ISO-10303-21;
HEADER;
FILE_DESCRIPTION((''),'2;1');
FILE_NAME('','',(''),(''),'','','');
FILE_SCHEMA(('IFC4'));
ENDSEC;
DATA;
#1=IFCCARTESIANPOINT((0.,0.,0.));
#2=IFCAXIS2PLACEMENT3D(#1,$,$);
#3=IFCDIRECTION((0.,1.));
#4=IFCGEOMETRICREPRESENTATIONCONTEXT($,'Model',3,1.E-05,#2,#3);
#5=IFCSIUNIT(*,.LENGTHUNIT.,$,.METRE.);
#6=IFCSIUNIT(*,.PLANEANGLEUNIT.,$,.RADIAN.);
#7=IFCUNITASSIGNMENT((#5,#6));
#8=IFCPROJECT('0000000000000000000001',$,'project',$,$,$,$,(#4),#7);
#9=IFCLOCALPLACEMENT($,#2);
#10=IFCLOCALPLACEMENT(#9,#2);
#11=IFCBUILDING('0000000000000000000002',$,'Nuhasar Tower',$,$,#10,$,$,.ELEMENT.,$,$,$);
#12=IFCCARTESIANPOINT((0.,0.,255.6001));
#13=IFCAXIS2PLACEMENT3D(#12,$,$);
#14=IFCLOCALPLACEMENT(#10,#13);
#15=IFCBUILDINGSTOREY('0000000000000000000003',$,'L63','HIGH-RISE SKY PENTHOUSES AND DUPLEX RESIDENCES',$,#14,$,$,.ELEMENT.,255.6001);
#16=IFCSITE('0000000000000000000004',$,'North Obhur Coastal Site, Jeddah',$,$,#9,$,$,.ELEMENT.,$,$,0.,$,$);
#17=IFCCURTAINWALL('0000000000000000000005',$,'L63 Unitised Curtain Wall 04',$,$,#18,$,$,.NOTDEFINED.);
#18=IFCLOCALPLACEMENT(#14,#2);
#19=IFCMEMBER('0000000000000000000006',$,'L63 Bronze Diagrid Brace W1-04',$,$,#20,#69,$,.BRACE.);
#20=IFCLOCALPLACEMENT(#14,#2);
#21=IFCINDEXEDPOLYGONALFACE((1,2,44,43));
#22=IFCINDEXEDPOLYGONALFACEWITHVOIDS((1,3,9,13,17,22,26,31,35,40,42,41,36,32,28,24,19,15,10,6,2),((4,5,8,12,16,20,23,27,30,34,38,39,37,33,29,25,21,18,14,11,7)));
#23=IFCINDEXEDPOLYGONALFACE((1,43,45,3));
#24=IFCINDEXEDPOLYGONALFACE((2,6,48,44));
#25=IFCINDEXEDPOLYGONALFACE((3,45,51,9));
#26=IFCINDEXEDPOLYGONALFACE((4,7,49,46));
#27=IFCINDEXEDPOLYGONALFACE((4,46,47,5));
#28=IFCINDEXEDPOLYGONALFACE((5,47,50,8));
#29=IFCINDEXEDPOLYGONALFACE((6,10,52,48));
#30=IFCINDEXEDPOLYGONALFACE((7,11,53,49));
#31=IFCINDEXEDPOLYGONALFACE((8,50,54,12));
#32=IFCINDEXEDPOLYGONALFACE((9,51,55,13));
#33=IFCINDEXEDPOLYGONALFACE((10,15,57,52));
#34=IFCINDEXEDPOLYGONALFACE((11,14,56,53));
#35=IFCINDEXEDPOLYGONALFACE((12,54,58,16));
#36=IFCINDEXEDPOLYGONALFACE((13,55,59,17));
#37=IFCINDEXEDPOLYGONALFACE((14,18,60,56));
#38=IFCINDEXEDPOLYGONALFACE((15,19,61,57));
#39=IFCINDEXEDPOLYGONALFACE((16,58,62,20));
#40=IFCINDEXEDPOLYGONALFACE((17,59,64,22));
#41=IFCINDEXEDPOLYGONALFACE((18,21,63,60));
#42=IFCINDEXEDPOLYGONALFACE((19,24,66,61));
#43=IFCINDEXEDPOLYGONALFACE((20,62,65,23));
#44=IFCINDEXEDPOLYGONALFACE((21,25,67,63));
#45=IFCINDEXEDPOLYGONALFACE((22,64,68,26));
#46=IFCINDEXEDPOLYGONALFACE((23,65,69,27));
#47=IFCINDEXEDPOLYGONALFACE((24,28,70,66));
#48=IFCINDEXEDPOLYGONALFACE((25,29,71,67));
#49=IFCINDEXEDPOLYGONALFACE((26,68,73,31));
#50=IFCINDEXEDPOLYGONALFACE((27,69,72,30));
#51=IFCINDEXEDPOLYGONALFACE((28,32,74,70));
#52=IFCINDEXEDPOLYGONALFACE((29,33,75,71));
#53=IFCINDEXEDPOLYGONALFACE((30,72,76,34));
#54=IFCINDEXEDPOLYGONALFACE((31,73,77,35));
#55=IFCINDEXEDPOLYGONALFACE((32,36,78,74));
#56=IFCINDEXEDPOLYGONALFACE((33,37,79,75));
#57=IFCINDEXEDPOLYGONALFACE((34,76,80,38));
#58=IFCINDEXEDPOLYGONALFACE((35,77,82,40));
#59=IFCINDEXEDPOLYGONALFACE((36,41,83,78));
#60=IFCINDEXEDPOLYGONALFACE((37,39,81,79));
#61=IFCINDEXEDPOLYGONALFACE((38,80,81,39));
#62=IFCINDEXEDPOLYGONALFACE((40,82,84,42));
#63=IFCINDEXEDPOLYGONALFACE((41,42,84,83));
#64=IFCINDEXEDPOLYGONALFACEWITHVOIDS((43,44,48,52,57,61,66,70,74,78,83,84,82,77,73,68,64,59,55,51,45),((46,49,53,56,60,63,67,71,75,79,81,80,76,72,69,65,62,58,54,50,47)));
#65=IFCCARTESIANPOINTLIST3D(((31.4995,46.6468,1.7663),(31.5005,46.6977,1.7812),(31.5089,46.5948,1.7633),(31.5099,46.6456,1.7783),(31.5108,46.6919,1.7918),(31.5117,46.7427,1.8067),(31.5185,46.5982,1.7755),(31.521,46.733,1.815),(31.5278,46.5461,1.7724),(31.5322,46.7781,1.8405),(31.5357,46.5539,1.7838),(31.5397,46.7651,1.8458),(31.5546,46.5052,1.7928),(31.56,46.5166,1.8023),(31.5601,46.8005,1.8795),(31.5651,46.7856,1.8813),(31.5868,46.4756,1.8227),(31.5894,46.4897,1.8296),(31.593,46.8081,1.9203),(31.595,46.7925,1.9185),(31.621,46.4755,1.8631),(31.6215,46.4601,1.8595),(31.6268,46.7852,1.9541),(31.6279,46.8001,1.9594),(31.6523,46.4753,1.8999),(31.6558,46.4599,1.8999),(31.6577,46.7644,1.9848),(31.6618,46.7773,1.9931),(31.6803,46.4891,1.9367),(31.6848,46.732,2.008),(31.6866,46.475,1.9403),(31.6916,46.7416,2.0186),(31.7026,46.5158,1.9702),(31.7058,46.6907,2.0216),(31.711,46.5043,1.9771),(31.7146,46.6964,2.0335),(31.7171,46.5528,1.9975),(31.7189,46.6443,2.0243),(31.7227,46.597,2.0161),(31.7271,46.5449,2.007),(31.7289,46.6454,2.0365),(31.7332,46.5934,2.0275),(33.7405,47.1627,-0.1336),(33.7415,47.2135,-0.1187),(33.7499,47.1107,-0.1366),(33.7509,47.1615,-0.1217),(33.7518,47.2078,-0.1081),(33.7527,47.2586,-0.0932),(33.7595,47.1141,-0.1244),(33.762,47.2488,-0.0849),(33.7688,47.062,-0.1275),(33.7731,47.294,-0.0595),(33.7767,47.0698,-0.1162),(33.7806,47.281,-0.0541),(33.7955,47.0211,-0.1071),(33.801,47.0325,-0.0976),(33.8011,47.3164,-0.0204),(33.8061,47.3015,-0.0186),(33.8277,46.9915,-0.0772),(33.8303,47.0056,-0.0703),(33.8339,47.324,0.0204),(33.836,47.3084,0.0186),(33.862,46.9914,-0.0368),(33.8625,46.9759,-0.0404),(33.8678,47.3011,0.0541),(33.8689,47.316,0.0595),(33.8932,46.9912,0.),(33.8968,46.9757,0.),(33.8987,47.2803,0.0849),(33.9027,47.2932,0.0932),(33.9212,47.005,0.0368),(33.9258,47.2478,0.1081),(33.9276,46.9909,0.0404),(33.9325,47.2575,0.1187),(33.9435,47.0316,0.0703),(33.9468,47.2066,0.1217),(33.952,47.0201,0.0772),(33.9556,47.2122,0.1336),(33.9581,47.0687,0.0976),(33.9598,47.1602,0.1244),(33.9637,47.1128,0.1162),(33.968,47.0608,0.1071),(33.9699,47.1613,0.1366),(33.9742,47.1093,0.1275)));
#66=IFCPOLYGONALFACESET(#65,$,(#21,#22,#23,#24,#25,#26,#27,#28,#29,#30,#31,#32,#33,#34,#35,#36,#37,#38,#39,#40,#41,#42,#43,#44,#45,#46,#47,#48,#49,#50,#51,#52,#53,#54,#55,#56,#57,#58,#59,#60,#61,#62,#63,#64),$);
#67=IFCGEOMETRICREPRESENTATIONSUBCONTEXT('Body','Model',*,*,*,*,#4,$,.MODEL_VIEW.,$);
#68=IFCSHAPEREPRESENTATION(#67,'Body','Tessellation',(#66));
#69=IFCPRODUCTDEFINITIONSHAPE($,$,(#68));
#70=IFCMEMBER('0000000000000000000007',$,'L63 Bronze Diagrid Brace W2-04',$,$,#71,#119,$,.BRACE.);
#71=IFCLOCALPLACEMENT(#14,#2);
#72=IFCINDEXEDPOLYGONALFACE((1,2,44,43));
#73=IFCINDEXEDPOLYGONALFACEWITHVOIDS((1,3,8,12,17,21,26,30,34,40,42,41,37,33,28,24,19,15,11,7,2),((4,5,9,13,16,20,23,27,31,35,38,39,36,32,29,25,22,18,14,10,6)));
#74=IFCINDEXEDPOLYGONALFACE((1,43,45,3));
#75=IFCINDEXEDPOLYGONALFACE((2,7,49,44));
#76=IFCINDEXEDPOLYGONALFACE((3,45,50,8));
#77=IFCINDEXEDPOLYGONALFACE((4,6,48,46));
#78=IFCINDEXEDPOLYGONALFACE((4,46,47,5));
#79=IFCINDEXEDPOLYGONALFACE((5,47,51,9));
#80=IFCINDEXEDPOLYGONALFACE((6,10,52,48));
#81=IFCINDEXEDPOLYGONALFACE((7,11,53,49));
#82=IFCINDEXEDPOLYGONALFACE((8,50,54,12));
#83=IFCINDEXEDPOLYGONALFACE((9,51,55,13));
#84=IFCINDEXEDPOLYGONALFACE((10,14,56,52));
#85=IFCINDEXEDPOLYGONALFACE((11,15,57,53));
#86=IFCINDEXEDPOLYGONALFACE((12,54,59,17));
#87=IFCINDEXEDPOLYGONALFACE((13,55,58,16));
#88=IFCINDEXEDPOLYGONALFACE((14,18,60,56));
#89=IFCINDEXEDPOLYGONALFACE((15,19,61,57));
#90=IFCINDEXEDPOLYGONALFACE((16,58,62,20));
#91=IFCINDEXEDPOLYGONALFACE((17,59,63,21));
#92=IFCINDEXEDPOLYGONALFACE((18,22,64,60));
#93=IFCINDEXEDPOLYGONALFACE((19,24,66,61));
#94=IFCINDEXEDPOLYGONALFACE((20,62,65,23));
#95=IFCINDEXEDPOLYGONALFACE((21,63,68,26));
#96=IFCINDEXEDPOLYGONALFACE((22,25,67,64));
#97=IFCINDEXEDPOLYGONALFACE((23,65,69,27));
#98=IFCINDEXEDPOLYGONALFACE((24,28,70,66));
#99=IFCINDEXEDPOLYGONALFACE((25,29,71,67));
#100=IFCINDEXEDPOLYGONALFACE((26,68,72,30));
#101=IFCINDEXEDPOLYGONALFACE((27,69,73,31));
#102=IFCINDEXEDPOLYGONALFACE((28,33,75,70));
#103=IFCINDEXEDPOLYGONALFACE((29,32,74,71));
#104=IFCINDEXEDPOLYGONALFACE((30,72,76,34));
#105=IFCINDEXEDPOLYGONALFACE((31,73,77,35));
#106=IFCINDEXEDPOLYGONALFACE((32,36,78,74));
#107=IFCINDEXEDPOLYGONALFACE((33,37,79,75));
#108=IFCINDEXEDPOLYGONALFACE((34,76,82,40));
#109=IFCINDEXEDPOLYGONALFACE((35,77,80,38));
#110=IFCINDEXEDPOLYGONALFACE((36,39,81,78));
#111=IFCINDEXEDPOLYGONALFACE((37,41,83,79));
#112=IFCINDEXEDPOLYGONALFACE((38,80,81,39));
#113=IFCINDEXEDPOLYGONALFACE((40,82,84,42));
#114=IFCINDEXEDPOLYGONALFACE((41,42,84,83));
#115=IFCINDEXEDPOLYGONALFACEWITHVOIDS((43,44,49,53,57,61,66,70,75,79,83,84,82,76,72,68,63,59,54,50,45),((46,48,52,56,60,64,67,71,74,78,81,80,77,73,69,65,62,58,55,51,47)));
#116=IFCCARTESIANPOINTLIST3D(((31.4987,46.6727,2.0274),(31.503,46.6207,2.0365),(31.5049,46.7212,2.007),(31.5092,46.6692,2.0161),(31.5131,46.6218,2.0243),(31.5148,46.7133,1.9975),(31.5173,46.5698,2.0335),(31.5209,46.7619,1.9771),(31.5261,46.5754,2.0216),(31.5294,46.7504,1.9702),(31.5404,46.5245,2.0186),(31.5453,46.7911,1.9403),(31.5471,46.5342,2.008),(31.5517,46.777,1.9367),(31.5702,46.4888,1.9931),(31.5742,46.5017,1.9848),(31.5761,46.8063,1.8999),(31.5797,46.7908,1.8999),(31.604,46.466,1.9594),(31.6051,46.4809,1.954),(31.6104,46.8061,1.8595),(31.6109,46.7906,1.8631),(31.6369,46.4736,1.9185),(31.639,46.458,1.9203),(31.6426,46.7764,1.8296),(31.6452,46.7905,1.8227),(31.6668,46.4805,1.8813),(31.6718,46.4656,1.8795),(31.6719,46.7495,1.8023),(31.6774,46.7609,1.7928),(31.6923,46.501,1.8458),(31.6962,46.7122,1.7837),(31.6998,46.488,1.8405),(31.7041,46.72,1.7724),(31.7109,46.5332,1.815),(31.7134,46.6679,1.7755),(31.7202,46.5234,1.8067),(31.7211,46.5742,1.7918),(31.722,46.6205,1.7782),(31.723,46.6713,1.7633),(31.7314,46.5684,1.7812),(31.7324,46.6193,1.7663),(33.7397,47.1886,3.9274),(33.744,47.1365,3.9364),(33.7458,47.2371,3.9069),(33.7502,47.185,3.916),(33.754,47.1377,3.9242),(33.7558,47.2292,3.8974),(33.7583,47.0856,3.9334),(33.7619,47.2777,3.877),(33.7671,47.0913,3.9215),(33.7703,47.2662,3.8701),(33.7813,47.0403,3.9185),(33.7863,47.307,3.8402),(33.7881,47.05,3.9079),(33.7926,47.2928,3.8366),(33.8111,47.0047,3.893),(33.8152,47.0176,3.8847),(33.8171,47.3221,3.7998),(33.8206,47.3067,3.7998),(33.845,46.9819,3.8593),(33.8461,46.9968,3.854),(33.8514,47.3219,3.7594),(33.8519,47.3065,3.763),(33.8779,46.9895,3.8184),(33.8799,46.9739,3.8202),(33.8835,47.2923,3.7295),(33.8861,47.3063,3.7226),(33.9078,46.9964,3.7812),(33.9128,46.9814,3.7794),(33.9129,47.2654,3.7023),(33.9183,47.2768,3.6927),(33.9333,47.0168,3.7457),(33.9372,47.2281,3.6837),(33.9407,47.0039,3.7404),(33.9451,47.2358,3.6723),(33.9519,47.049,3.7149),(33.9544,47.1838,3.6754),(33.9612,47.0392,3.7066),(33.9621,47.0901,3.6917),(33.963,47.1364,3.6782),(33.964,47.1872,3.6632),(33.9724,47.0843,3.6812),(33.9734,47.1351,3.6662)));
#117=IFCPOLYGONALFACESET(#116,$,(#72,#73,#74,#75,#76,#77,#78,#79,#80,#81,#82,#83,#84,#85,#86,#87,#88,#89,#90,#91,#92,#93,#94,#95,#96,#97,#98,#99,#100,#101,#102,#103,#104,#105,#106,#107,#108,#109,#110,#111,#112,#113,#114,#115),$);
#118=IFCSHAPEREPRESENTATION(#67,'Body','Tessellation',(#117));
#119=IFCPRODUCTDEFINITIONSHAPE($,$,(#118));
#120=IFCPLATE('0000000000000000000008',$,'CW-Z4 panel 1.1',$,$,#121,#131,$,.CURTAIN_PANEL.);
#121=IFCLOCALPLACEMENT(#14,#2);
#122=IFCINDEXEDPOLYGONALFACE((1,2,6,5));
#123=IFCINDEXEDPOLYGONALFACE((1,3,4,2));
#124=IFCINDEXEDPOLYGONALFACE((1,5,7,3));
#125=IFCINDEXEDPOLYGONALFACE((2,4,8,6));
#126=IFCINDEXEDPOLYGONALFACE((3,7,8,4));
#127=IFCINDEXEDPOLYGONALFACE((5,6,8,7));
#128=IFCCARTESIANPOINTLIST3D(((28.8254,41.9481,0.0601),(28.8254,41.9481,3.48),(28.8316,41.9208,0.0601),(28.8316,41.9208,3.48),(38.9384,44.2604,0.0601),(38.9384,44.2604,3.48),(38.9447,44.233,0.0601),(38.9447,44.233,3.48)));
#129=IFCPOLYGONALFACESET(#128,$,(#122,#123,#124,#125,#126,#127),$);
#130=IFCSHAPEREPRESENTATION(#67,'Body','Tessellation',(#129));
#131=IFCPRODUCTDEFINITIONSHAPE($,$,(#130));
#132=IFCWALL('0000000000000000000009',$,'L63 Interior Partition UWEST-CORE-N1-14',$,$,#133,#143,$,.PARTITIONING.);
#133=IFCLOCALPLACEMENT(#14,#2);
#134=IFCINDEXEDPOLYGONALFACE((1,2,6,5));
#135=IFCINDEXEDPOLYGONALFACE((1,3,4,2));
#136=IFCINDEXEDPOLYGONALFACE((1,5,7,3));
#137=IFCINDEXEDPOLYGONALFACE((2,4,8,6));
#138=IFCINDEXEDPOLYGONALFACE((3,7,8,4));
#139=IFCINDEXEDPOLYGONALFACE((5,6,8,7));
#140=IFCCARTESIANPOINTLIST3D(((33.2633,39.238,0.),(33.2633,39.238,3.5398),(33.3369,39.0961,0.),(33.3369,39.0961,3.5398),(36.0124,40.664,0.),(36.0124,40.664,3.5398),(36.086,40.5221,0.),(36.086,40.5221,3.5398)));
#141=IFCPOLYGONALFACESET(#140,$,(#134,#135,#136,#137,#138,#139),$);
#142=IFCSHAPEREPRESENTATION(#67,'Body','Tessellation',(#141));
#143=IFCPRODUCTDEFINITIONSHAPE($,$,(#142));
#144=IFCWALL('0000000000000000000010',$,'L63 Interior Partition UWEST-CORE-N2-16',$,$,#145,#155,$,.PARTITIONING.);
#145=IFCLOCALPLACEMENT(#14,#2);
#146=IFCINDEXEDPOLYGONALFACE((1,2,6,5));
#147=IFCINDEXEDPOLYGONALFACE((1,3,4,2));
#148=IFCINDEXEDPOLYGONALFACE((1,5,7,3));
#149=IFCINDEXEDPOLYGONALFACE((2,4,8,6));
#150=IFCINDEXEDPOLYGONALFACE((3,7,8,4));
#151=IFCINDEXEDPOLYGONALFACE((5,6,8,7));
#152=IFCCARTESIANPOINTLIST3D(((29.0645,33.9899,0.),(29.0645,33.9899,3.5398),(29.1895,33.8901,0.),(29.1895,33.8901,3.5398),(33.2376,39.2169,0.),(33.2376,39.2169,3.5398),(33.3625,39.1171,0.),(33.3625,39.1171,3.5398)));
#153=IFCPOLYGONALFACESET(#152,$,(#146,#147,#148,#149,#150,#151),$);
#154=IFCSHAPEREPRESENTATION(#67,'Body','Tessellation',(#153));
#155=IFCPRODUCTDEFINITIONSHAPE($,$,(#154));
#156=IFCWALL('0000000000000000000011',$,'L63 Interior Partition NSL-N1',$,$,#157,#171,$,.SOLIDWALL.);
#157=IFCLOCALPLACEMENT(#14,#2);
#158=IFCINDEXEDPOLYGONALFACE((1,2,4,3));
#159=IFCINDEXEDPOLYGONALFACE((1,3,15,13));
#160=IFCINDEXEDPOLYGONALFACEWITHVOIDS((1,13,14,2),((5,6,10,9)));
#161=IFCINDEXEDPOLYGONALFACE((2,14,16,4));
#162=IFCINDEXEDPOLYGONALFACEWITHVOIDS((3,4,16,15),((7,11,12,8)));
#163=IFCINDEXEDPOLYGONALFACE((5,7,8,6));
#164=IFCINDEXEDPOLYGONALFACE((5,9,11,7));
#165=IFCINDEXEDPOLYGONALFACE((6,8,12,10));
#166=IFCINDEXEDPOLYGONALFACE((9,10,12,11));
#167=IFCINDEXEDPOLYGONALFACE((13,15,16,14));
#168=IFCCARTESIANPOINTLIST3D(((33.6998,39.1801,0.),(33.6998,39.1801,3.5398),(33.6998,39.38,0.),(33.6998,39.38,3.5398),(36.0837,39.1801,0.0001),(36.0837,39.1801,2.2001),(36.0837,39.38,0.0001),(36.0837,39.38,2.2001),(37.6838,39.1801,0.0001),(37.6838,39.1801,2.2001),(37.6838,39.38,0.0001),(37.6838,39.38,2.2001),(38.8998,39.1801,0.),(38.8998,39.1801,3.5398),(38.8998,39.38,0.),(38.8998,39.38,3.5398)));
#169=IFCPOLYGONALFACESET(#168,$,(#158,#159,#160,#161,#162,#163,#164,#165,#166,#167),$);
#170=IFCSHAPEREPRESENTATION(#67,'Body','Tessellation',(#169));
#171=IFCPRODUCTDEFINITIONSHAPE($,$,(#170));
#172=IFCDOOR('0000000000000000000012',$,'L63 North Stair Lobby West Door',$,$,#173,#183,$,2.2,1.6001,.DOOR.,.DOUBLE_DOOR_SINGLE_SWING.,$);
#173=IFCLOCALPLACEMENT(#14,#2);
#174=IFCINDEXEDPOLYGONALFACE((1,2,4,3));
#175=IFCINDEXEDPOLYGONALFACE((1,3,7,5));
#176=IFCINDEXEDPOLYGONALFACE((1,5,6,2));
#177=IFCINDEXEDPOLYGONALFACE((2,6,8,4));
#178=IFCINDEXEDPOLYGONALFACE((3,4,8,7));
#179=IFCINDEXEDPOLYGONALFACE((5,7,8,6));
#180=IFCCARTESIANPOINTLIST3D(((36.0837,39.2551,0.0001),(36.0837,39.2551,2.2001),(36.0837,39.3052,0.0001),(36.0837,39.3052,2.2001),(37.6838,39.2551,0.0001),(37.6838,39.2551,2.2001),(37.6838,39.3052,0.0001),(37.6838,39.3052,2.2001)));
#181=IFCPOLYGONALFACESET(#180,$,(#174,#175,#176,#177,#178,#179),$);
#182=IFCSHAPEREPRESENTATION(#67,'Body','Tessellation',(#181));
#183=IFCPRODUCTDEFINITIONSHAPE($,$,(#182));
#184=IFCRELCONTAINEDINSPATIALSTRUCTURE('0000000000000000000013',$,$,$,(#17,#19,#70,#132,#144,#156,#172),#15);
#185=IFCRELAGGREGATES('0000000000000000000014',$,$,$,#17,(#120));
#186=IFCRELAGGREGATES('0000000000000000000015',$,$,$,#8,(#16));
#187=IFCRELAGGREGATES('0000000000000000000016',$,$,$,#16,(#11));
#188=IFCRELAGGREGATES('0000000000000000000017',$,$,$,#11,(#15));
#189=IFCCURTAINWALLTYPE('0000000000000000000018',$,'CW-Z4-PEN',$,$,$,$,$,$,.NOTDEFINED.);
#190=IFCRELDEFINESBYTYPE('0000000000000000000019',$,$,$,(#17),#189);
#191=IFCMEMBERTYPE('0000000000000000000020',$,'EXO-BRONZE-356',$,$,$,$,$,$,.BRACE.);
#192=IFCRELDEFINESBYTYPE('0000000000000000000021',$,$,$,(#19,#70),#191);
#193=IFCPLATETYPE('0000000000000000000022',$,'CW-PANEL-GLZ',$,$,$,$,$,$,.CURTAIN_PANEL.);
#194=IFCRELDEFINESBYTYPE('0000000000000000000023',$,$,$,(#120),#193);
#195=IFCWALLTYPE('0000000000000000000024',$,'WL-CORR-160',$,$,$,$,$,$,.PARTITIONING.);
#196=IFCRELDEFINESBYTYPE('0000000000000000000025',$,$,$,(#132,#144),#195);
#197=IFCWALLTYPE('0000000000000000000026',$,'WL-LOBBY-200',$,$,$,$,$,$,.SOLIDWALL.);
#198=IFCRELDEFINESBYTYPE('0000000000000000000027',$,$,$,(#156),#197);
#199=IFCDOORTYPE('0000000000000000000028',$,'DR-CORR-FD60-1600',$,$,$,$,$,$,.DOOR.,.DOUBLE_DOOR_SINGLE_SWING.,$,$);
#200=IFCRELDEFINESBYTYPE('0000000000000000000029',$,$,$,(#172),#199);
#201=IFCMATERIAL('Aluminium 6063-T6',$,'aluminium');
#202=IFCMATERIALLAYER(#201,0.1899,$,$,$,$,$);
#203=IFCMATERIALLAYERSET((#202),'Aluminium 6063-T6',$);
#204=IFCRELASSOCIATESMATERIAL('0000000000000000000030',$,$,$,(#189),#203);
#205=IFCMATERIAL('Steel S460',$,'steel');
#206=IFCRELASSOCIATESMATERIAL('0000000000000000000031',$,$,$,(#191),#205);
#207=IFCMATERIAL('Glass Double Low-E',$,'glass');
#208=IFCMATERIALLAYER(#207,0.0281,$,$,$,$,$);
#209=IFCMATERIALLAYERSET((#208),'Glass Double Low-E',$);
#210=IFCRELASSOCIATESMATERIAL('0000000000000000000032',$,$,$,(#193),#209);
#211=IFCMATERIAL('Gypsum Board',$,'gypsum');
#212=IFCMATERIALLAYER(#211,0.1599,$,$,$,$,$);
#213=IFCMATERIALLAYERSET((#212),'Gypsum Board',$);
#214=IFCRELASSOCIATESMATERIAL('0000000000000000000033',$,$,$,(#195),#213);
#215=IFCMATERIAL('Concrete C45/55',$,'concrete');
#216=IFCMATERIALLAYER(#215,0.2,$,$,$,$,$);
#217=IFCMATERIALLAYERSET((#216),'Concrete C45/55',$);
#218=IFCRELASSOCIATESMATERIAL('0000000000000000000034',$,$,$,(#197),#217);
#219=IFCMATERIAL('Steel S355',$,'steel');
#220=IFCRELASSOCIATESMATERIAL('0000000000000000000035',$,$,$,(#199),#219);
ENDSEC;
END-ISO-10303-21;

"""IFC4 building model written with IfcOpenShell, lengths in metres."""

from ifc_helpers import new_model, si_unit, direction, frame, frame_2d, origin, origin_2d, place, context, subcontext, project, spatial, rectangle, hollow_circle, extrude, material, layer, layer_set, material_profile, profile_set, type_object, element, fill, aggregate, save


model = new_model("IFC4")

# Units and contexts
model_context = context("Model", 3, precision=1e-05, world=origin(), true_north=direction((0.0, 1.0)))
body_context = subcontext(model_context, "Body", "Model", "MODEL_VIEW")
ifc_project = project(units=[si_unit("LENGTHUNIT", "METRE"), si_unit("PLANEANGLEUNIT", "RADIAN")], contexts=[model_context])

# Site, building, storey
site_placement = place(None, origin())
site = spatial("IfcSite", under=ifc_project, at=site_placement, Name="North Obhur Coastal Site, Jeddah", CompositionType="ELEMENT", RefElevation=0.0)
building_placement = place(site_placement, origin())
building = spatial("IfcBuilding", under=site, at=building_placement, Name="Nuhasar Tower", CompositionType="ELEMENT")
storey_placement = place(building_placement, frame((0.0, 0.0, 255.6001)))
storey = spatial("IfcBuildingStorey", under=building, at=storey_placement, Name="L63", Description="HIGH-RISE SKY PENTHOUSES AND DUPLEX RESIDENCES", CompositionType="ELEMENT", Elevation=255.6001)

# Shared definitions
ifc_material_1 = material(Name="Steel S355", Category="steel")
ifc_material_2 = material(Name="Steel S460", Category="steel")

# Curtain wall
ifc_material_3 = material(Name="Aluminium 6063-T6", Category="aluminium")
ifc_layer_1 = layer(ifc_material_3, 0.1899)
ifc_layer_set_1 = layer_set([ifc_layer_1], Name="Aluminium 6063-T6")
curtain_wall_type = type_object("IfcCurtainWallType", Name="CW-Z4-PEN", PredefinedType="NOTDEFINED", material=ifc_layer_set_1)
curtain_wall_placement = place(storey_placement, origin())
curtain_wall = element("IfcCurtainWall", 1, at=curtain_wall_placement, inside=storey, type_object=curtain_wall_type, Name="L63 Unitised Curtain Wall 04", PredefinedType="NOTDEFINED")

# Members
ifc_material_profile_1 = material_profile(ifc_material_2, hollow_circle(Radius=0.1777, WallThickness=0.0159, at=origin_2d()), Name="HSS355.6X15.9")
ifc_profile_set_1 = profile_set([ifc_material_profile_1], Name="Steel S460")
member_type_1 = type_object("IfcMemberType", Name="EXO-BRONZE-356", PredefinedType="BRACE", material=ifc_profile_set_1)
for number, where, z_axis, x_axis, name in (
    (2, (33.8569, 47.1489, 0.0), (-0.751272, -0.172942, 0.636932), (0.224332, -0.974513, 0.0), "L63 Bronze Diagrid Brace W1-04"),
    (3, (31.616, 46.6331, 1.8999), (0.751272, 0.172942, 0.636932), (-0.224332, 0.974513, 0.0), "L63 Bronze Diagrid Brace W2-04"),
):
    element("IfcMember", number, at=place(storey_placement, frame(where, z_axis=z_axis, x_axis=x_axis)), inside=storey, type_object=member_type_1, Name=name, PredefinedType="BRACE", context=body_context, shape_type="SweptSolid", body=[
        extrude(hollow_circle(Radius=0.1777, WallThickness=0.0159, at=origin_2d()), origin(), (0.0, 0.0, 1.0), 2.9829),
    ])

# Plate
ifc_material_4 = material(Name="Glass Double Low-E", Category="glass")
ifc_layer_2 = layer(ifc_material_4, 0.0281)
ifc_layer_set_2 = layer_set([ifc_layer_2], Name="Glass Double Low-E")
plate_type = type_object("IfcPlateType", Name="CW-PANEL-GLZ", PredefinedType="CURTAIN_PANEL", material=ifc_layer_set_2)
plate_placement = place(storey_placement, frame((33.885, 43.0906, 0.0601), z_axis=(0.0, 0.0, 1.0), x_axis=(-0.974844, -0.222889, 0.0)))
plate = element("IfcPlate", 4, at=plate_placement, type_object=plate_type, Name="CW-Z4 panel 1.1", PredefinedType="CURTAIN_PANEL", context=body_context, shape_type="SweptSolid", body=[
    extrude(rectangle(XDim=10.374, YDim=0.0281, at=origin_2d()), origin(), (0.0, 0.0, 1.0), 3.4199),
])
aggregate(curtain_wall, [plate])

# Walls
ifc_material_5 = material(Name="Gypsum Board", Category="gypsum")
ifc_layer_3 = layer(ifc_material_5, 0.1599)
ifc_layer_set_3 = layer_set([ifc_layer_3], Name="Gypsum Board")
wall_type_1 = type_object("IfcWallType", Name="WL-CORR-160", PredefinedType="PARTITIONING", material=ifc_layer_set_3)
wall_1_placement = place(storey_placement, frame((36.0491, 40.593, 0.0), z_axis=(0.0, 0.0, 1.0), x_axis=(-0.887675, -0.460471, 0.0)))
element("IfcWall", 5, at=wall_1_placement, inside=storey, type_object=wall_type_1, Name="L63 Interior Partition UWEST-CORE-N1-14", PredefinedType="PARTITIONING", context=body_context, shape_type="SweptSolid", body=[
    extrude(rectangle(XDim=3.0969, YDim=0.1599, at=frame_2d((1.5483, 0.0))), origin(), (0.0, 0.0, 1.0), 3.5398),
])
wall_2_placement = place(storey_placement, frame((33.3, 39.167, 0.0), z_axis=(0.0, 0.0, 1.0), x_axis=(-0.623916, -0.781492, 0.0)))
element("IfcWall", 6, at=wall_2_placement, inside=storey, type_object=wall_type_1, Name="L63 Interior Partition UWEST-CORE-N2-16", PredefinedType="PARTITIONING", context=body_context, shape_type="SweptSolid", body=[
    extrude(rectangle(XDim=6.6885, YDim=0.1599, at=frame_2d((3.3442, 0.0))), origin(), (0.0, 0.0, 1.0), 3.5398),
])

# Wall, opening, door
ifc_material_6 = material(Name="Concrete C45/55", Category="concrete")
ifc_layer_4 = layer(ifc_material_6, 0.2)
ifc_layer_set_4 = layer_set([ifc_layer_4], Name="Concrete C45/55")
wall_type_2 = type_object("IfcWallType", Name="WL-LOBBY-200", PredefinedType="SOLIDWALL", material=ifc_layer_set_4)
wall_3_placement = place(storey_placement, frame((38.8999, 39.28, 0.0), z_axis=(0.0, 0.0, 1.0), x_axis=(-1.0, 0.0, 0.0)))
wall_3 = element("IfcWall", 7, at=wall_3_placement, inside=storey, type_object=wall_type_2, Name="L63 Interior Partition NSL-N1", PredefinedType="SOLIDWALL", context=body_context, shape_type="SweptSolid", body=[
    extrude(rectangle(XDim=5.2, YDim=0.2, at=frame_2d((2.6001, 0.0))), origin(), (0.0, 0.0, 1.0), 3.5398),
])
opening_1_placement = place(wall_3_placement, frame((1.2161, 0.0, 0.0)))
opening_1 = element("IfcOpeningElement", 8, at=opening_1_placement, cuts=wall_3, PredefinedType="OPENING", context=body_context, shape_type="SweptSolid", body=[
    extrude(rectangle(XDim=1.6001, YDim=2.2, at=frame_2d((0.8, 1.1001))), frame((0.0, 0.1099, 0.0), z_axis=(0.0, -1.0, 0.0), x_axis=(1.0, 0.0, 0.0)), (0.0, 0.0, 1.0), 0.22),
])
door_type_1 = type_object("IfcDoorType", Name="DR-CORR-FD60-1600", OperationType="DOUBLE_DOOR_SINGLE_SWING", PredefinedType="DOOR", material=ifc_material_1)
door_1_placement = place(opening_1_placement, origin())
door_1 = element("IfcDoor", 9, at=door_1_placement, inside=storey, type_object=door_type_1, Name="L63 North Stair Lobby West Door", OperationType="DOUBLE_DOOR_SINGLE_SWING", OverallHeight=2.2, OverallWidth=1.6001, PredefinedType="DOOR", context=body_context, shape_type="SweptSolid", body=[
    extrude(rectangle(XDim=1.6001, YDim=2.2, at=frame_2d((0.8, 1.1001))), frame((0.0, 0.0249, 0.0), z_axis=(0.0, -1.0, 0.0), x_axis=(1.0, 0.0, 0.0)), (0.0, 0.0, 1.0), 0.05),
])
fill(opening_1, door_1)

save(model, "model.ifc")
